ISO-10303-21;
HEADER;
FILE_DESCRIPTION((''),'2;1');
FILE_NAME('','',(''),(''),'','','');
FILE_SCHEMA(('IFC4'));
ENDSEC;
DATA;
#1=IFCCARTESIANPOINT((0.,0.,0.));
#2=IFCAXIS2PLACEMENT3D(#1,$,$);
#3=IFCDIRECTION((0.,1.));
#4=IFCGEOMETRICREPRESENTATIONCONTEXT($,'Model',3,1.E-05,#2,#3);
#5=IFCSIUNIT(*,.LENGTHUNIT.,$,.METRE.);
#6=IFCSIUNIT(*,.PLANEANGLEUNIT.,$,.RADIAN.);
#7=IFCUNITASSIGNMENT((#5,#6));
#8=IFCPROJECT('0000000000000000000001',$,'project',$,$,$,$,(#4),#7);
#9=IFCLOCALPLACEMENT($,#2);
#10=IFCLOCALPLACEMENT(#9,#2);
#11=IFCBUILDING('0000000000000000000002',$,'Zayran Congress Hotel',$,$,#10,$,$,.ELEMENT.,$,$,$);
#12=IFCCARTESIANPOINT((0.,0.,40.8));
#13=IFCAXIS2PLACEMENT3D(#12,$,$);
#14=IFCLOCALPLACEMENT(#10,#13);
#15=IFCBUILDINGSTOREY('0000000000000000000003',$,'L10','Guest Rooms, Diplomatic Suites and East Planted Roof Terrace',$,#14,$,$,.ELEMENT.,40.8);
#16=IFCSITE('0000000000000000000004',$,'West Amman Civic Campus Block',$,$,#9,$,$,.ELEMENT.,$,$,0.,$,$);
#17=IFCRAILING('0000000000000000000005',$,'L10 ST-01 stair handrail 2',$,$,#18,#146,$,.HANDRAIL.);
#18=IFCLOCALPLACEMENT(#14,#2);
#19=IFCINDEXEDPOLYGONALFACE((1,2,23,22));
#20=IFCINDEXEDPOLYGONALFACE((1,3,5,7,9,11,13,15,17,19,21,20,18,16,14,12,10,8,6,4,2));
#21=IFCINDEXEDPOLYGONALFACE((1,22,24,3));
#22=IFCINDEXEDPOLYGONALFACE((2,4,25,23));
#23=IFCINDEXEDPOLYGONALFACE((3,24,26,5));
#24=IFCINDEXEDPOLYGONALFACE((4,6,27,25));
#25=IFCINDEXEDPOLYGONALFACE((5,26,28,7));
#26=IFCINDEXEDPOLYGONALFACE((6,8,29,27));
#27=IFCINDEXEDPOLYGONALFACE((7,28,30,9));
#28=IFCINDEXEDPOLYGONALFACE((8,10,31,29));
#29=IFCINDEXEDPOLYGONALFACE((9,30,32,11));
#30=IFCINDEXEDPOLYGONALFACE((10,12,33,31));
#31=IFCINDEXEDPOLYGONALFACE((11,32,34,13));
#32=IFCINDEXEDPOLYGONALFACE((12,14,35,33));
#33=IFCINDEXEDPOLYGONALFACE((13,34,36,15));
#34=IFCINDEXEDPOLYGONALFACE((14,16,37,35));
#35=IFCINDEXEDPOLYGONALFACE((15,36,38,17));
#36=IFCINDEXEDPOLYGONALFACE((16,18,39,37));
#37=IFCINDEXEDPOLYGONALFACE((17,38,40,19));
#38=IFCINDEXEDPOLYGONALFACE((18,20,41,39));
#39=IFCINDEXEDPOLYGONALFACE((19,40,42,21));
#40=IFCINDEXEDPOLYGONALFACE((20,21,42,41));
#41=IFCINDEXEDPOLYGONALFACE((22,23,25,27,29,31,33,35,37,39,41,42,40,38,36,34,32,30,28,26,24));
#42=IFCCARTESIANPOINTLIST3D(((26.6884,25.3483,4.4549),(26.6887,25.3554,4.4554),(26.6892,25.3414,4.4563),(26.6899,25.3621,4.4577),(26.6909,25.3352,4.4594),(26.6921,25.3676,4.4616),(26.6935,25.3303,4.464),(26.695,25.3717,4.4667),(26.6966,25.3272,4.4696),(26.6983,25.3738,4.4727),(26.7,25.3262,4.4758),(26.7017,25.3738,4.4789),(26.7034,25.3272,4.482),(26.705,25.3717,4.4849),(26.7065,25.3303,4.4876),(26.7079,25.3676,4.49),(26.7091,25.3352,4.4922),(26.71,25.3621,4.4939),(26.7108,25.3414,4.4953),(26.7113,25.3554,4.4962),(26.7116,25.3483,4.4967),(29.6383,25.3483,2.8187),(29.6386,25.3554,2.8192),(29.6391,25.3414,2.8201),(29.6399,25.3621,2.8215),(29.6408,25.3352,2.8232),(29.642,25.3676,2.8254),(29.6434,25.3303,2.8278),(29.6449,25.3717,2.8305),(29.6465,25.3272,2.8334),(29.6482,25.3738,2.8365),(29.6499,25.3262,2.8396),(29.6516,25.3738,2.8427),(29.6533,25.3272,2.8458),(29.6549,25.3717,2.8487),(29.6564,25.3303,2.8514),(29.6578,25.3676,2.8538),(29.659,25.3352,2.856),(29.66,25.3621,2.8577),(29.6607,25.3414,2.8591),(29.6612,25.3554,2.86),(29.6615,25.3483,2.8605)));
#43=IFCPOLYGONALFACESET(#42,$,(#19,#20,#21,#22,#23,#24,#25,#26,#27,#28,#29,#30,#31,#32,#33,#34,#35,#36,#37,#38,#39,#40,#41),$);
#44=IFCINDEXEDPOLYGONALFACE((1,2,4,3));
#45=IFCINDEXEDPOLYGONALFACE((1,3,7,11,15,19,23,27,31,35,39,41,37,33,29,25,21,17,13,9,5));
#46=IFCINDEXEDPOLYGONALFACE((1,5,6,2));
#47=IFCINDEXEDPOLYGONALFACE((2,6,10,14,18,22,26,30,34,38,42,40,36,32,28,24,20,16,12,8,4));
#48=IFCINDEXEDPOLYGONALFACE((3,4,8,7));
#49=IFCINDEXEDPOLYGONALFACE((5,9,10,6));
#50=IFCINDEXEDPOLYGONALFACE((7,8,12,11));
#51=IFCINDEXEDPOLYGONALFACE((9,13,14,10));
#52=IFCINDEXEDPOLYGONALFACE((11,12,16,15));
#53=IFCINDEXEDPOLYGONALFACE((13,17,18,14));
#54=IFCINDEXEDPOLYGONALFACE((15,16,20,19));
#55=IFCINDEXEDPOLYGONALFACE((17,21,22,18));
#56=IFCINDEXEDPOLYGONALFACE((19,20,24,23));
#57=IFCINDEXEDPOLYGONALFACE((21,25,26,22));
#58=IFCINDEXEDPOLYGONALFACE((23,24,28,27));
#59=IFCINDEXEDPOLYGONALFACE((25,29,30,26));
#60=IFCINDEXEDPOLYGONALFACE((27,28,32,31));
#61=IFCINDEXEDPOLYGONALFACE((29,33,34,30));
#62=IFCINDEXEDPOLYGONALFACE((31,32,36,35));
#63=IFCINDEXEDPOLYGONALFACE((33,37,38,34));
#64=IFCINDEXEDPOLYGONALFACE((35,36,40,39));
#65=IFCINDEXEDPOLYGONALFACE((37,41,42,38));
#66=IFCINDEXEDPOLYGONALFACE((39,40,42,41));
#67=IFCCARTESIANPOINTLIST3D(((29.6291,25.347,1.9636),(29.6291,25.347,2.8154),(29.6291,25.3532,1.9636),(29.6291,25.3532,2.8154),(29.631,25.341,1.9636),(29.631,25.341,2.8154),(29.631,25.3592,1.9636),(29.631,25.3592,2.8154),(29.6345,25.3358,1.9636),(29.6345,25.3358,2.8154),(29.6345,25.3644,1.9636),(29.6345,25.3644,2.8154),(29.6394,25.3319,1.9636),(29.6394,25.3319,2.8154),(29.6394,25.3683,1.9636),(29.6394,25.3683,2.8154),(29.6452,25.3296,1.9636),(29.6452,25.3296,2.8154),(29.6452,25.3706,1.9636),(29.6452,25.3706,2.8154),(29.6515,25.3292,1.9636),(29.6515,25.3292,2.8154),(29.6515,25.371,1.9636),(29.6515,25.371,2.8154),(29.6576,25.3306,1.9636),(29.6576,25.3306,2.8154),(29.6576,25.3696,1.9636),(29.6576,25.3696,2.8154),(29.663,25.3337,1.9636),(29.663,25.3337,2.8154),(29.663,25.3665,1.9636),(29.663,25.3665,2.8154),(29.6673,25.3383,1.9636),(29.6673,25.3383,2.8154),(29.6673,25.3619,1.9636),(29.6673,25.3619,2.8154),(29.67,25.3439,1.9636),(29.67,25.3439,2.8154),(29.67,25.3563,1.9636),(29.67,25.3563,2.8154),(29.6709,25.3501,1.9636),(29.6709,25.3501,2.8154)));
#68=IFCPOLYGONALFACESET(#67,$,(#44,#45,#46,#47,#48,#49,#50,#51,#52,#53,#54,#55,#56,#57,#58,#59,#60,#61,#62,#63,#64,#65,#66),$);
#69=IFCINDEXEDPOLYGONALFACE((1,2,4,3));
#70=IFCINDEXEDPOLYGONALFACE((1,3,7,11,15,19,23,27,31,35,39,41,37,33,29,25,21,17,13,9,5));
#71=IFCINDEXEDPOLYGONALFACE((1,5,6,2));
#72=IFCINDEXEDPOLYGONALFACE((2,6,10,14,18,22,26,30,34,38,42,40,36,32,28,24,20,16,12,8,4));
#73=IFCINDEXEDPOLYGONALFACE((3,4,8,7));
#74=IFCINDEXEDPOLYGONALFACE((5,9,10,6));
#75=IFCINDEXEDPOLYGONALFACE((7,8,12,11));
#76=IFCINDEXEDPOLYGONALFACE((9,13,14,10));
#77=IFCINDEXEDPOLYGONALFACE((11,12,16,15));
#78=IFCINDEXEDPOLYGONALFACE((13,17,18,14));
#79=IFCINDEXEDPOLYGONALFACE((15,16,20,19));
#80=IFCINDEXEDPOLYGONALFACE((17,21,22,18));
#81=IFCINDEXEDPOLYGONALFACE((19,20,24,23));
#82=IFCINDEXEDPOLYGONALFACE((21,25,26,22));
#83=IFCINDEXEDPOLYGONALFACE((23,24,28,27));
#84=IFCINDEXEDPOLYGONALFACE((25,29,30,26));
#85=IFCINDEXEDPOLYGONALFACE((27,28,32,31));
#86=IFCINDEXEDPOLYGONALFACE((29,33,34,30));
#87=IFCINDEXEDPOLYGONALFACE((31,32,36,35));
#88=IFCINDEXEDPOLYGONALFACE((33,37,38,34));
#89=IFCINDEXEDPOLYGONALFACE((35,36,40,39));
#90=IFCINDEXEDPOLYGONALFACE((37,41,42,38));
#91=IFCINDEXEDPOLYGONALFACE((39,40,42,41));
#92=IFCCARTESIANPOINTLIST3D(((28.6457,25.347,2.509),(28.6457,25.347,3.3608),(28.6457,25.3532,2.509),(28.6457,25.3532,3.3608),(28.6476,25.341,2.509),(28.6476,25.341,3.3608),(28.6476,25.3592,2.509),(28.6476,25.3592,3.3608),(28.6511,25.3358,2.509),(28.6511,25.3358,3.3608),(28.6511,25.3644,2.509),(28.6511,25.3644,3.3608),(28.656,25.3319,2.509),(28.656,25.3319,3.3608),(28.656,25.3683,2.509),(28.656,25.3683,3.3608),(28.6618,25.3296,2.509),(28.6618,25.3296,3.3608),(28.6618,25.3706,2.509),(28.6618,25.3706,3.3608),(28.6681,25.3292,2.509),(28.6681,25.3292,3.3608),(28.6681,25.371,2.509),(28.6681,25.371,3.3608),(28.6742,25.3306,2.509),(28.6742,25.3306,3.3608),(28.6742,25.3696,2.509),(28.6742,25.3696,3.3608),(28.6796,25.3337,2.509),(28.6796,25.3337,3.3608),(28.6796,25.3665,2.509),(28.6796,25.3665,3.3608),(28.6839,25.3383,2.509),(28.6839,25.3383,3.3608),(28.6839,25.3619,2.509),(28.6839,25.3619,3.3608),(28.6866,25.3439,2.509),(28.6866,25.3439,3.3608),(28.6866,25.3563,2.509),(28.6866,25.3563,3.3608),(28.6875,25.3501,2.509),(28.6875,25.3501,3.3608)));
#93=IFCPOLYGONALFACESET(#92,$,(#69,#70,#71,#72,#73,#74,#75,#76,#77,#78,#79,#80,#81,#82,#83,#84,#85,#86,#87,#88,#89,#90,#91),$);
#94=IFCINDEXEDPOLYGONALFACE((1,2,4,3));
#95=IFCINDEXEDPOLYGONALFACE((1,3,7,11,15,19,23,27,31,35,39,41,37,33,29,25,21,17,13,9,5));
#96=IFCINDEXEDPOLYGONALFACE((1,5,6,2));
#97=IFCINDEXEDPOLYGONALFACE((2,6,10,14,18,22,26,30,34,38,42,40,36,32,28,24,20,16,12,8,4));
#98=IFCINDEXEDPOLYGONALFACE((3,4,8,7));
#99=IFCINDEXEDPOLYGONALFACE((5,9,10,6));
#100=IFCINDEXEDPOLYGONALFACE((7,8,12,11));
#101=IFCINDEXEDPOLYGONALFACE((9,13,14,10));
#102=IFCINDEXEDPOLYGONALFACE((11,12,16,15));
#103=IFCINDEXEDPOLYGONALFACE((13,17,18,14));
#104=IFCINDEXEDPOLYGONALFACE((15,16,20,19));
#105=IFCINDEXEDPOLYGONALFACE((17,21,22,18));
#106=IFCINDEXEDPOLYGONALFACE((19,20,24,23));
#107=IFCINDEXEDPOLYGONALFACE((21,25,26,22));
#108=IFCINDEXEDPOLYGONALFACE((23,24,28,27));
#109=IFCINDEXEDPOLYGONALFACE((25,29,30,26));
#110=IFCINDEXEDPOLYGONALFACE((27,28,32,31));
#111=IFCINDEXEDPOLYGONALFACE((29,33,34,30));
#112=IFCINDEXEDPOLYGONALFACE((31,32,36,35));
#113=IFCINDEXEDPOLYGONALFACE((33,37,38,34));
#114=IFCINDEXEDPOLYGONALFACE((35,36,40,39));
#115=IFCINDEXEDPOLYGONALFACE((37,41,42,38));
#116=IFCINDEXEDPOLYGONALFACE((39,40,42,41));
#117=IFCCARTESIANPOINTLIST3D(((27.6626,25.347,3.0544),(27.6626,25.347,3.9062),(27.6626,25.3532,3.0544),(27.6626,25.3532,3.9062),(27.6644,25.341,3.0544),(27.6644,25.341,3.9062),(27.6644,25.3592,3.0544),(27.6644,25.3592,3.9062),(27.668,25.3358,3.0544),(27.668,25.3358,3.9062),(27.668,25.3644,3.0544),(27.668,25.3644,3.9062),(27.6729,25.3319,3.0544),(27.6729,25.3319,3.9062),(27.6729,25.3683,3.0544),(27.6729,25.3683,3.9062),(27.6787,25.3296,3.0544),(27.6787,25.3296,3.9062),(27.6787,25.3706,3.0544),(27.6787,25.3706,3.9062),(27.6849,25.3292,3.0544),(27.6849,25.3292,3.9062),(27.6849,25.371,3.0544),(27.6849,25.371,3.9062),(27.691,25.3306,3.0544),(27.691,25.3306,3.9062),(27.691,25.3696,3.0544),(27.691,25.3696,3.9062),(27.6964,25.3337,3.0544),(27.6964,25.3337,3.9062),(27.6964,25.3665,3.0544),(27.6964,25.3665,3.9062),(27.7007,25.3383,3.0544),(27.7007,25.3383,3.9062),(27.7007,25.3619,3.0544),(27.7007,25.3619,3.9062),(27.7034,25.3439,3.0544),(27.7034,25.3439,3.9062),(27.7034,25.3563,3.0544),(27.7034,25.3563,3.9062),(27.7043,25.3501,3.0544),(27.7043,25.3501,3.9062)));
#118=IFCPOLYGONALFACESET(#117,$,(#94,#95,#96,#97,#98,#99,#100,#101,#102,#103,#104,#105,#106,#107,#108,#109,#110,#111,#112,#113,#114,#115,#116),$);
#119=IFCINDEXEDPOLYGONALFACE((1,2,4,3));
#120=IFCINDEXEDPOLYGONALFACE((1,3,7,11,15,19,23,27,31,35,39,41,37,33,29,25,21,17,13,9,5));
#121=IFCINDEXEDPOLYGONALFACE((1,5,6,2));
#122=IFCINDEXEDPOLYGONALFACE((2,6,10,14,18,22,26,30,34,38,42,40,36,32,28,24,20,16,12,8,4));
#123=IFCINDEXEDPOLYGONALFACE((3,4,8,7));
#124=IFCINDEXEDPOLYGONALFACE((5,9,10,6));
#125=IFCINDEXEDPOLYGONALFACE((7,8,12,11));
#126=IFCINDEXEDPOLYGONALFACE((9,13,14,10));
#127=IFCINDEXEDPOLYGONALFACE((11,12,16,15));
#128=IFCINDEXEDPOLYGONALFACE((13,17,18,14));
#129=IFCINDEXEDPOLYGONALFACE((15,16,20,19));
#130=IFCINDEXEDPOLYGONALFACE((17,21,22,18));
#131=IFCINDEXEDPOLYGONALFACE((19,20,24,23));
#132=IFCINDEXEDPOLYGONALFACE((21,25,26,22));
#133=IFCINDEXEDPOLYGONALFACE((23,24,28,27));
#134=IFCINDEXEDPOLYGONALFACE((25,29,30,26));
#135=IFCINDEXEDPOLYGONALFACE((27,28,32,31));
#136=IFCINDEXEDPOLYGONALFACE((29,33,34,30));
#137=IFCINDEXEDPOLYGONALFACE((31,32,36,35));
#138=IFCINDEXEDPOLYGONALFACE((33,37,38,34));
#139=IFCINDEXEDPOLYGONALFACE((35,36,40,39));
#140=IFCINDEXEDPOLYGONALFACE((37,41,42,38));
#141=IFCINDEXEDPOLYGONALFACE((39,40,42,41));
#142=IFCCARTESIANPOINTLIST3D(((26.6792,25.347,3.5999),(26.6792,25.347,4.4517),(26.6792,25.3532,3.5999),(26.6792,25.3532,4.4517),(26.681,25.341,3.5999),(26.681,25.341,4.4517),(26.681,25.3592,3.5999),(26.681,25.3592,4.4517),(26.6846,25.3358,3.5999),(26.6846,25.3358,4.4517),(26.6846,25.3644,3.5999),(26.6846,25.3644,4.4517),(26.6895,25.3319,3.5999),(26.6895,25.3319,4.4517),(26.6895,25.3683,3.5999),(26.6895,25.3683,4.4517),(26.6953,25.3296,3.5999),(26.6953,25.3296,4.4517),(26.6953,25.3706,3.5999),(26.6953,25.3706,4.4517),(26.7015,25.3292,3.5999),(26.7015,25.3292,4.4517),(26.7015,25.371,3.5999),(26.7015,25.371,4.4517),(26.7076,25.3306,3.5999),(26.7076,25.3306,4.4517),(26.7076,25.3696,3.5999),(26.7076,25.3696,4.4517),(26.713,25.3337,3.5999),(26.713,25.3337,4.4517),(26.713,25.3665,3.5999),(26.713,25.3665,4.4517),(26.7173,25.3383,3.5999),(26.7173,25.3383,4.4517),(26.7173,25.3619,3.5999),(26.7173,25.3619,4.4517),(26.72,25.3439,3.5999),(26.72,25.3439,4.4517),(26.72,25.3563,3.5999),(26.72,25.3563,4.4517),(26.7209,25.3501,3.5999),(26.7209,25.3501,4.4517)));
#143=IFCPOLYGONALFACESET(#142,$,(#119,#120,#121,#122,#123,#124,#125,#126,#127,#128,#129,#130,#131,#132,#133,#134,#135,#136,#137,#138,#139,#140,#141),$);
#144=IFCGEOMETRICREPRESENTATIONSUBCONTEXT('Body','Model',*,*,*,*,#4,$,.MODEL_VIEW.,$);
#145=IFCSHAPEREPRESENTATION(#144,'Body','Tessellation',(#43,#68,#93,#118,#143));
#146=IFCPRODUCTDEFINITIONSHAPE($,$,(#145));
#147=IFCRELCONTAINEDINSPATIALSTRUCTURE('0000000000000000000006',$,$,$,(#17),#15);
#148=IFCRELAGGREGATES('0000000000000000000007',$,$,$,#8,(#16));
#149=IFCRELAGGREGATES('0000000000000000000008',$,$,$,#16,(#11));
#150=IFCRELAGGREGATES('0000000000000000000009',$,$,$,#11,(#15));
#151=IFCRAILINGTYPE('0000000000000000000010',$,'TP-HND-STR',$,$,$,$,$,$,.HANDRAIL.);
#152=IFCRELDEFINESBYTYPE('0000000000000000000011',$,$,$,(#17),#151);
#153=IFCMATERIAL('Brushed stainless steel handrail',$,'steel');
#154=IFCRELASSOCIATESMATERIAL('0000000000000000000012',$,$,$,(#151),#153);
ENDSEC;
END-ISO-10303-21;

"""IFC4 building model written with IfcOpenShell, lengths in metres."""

from ifc_helpers import new_model, si_unit, direction, frame, origin, origin_2d, place, context, subcontext, project, spatial, circle, extrude, material, type_object, element, save


model = new_model("IFC4")

# Units and contexts
model_context = context("Model", 3, precision=1e-05, world=origin(), true_north=direction((0.0, 1.0)))
body_context = subcontext(model_context, "Body", "Model", "MODEL_VIEW")
ifc_project = project(units=[si_unit("LENGTHUNIT", "METRE"), si_unit("PLANEANGLEUNIT", "RADIAN")], contexts=[model_context])

# Site, building, storey
site_placement = place(None, origin())
site = spatial("IfcSite", under=ifc_project, at=site_placement, Name="West Amman Civic Campus Block", CompositionType="ELEMENT", RefElevation=0.0)
building_placement = place(site_placement, origin())
building = spatial("IfcBuilding", under=site, at=building_placement, Name="Zayran Congress Hotel", CompositionType="ELEMENT")
storey_placement = place(building_placement, frame((0.0, 0.0, 40.8)))
storey = spatial("IfcBuildingStorey", under=building, at=storey_placement, Name="L10", Description="Guest Rooms, Diplomatic Suites and East Planted Roof Terrace", CompositionType="ELEMENT", Elevation=40.8)

# Railing
ifc_material_1 = material(Name="Brushed stainless steel handrail", Category="steel")
railing_type_1 = type_object("IfcRailingType", Name="TP-HND-STR", PredefinedType="HANDRAIL", material=ifc_material_1)
railing_1_placement = place(storey_placement, frame((29.6499, 25.3501, 1.9636)))
element("IfcRailing", 1, at=railing_1_placement, inside=storey, type_object=railing_type_1, Name="L10 ST-01 stair handrail 2", PredefinedType="HANDRAIL", context=body_context, shape_type="SweptSolid", body=[
    extrude(circle(Radius=0.0239, at=origin_2d()), frame((0.0, 0.0, 0.876), z_axis=(-0.874488, 0.0, 0.485047), x_axis=(0.0, -1.0, 0.0)), (0.0, 0.0, 1.0), 3.3733),
    extrude(circle(Radius=0.021, at=origin_2d()), origin(), (0.0, 0.0, 1.0), 0.8518),
    extrude(circle(Radius=0.021, at=origin_2d()), frame((-0.9834, 0.0, 0.5454)), (0.0, 0.0, 1.0), 0.8518),
    extrude(circle(Radius=0.021, at=origin_2d()), frame((-1.9666, 0.0, 1.0908)), (0.0, 0.0, 1.0), 0.8518),
    extrude(circle(Radius=0.021, at=origin_2d()), frame((-2.95, 0.0, 1.6362)), (0.0, 0.0, 1.0), 0.8518),
])

save(model, "model.ifc")
